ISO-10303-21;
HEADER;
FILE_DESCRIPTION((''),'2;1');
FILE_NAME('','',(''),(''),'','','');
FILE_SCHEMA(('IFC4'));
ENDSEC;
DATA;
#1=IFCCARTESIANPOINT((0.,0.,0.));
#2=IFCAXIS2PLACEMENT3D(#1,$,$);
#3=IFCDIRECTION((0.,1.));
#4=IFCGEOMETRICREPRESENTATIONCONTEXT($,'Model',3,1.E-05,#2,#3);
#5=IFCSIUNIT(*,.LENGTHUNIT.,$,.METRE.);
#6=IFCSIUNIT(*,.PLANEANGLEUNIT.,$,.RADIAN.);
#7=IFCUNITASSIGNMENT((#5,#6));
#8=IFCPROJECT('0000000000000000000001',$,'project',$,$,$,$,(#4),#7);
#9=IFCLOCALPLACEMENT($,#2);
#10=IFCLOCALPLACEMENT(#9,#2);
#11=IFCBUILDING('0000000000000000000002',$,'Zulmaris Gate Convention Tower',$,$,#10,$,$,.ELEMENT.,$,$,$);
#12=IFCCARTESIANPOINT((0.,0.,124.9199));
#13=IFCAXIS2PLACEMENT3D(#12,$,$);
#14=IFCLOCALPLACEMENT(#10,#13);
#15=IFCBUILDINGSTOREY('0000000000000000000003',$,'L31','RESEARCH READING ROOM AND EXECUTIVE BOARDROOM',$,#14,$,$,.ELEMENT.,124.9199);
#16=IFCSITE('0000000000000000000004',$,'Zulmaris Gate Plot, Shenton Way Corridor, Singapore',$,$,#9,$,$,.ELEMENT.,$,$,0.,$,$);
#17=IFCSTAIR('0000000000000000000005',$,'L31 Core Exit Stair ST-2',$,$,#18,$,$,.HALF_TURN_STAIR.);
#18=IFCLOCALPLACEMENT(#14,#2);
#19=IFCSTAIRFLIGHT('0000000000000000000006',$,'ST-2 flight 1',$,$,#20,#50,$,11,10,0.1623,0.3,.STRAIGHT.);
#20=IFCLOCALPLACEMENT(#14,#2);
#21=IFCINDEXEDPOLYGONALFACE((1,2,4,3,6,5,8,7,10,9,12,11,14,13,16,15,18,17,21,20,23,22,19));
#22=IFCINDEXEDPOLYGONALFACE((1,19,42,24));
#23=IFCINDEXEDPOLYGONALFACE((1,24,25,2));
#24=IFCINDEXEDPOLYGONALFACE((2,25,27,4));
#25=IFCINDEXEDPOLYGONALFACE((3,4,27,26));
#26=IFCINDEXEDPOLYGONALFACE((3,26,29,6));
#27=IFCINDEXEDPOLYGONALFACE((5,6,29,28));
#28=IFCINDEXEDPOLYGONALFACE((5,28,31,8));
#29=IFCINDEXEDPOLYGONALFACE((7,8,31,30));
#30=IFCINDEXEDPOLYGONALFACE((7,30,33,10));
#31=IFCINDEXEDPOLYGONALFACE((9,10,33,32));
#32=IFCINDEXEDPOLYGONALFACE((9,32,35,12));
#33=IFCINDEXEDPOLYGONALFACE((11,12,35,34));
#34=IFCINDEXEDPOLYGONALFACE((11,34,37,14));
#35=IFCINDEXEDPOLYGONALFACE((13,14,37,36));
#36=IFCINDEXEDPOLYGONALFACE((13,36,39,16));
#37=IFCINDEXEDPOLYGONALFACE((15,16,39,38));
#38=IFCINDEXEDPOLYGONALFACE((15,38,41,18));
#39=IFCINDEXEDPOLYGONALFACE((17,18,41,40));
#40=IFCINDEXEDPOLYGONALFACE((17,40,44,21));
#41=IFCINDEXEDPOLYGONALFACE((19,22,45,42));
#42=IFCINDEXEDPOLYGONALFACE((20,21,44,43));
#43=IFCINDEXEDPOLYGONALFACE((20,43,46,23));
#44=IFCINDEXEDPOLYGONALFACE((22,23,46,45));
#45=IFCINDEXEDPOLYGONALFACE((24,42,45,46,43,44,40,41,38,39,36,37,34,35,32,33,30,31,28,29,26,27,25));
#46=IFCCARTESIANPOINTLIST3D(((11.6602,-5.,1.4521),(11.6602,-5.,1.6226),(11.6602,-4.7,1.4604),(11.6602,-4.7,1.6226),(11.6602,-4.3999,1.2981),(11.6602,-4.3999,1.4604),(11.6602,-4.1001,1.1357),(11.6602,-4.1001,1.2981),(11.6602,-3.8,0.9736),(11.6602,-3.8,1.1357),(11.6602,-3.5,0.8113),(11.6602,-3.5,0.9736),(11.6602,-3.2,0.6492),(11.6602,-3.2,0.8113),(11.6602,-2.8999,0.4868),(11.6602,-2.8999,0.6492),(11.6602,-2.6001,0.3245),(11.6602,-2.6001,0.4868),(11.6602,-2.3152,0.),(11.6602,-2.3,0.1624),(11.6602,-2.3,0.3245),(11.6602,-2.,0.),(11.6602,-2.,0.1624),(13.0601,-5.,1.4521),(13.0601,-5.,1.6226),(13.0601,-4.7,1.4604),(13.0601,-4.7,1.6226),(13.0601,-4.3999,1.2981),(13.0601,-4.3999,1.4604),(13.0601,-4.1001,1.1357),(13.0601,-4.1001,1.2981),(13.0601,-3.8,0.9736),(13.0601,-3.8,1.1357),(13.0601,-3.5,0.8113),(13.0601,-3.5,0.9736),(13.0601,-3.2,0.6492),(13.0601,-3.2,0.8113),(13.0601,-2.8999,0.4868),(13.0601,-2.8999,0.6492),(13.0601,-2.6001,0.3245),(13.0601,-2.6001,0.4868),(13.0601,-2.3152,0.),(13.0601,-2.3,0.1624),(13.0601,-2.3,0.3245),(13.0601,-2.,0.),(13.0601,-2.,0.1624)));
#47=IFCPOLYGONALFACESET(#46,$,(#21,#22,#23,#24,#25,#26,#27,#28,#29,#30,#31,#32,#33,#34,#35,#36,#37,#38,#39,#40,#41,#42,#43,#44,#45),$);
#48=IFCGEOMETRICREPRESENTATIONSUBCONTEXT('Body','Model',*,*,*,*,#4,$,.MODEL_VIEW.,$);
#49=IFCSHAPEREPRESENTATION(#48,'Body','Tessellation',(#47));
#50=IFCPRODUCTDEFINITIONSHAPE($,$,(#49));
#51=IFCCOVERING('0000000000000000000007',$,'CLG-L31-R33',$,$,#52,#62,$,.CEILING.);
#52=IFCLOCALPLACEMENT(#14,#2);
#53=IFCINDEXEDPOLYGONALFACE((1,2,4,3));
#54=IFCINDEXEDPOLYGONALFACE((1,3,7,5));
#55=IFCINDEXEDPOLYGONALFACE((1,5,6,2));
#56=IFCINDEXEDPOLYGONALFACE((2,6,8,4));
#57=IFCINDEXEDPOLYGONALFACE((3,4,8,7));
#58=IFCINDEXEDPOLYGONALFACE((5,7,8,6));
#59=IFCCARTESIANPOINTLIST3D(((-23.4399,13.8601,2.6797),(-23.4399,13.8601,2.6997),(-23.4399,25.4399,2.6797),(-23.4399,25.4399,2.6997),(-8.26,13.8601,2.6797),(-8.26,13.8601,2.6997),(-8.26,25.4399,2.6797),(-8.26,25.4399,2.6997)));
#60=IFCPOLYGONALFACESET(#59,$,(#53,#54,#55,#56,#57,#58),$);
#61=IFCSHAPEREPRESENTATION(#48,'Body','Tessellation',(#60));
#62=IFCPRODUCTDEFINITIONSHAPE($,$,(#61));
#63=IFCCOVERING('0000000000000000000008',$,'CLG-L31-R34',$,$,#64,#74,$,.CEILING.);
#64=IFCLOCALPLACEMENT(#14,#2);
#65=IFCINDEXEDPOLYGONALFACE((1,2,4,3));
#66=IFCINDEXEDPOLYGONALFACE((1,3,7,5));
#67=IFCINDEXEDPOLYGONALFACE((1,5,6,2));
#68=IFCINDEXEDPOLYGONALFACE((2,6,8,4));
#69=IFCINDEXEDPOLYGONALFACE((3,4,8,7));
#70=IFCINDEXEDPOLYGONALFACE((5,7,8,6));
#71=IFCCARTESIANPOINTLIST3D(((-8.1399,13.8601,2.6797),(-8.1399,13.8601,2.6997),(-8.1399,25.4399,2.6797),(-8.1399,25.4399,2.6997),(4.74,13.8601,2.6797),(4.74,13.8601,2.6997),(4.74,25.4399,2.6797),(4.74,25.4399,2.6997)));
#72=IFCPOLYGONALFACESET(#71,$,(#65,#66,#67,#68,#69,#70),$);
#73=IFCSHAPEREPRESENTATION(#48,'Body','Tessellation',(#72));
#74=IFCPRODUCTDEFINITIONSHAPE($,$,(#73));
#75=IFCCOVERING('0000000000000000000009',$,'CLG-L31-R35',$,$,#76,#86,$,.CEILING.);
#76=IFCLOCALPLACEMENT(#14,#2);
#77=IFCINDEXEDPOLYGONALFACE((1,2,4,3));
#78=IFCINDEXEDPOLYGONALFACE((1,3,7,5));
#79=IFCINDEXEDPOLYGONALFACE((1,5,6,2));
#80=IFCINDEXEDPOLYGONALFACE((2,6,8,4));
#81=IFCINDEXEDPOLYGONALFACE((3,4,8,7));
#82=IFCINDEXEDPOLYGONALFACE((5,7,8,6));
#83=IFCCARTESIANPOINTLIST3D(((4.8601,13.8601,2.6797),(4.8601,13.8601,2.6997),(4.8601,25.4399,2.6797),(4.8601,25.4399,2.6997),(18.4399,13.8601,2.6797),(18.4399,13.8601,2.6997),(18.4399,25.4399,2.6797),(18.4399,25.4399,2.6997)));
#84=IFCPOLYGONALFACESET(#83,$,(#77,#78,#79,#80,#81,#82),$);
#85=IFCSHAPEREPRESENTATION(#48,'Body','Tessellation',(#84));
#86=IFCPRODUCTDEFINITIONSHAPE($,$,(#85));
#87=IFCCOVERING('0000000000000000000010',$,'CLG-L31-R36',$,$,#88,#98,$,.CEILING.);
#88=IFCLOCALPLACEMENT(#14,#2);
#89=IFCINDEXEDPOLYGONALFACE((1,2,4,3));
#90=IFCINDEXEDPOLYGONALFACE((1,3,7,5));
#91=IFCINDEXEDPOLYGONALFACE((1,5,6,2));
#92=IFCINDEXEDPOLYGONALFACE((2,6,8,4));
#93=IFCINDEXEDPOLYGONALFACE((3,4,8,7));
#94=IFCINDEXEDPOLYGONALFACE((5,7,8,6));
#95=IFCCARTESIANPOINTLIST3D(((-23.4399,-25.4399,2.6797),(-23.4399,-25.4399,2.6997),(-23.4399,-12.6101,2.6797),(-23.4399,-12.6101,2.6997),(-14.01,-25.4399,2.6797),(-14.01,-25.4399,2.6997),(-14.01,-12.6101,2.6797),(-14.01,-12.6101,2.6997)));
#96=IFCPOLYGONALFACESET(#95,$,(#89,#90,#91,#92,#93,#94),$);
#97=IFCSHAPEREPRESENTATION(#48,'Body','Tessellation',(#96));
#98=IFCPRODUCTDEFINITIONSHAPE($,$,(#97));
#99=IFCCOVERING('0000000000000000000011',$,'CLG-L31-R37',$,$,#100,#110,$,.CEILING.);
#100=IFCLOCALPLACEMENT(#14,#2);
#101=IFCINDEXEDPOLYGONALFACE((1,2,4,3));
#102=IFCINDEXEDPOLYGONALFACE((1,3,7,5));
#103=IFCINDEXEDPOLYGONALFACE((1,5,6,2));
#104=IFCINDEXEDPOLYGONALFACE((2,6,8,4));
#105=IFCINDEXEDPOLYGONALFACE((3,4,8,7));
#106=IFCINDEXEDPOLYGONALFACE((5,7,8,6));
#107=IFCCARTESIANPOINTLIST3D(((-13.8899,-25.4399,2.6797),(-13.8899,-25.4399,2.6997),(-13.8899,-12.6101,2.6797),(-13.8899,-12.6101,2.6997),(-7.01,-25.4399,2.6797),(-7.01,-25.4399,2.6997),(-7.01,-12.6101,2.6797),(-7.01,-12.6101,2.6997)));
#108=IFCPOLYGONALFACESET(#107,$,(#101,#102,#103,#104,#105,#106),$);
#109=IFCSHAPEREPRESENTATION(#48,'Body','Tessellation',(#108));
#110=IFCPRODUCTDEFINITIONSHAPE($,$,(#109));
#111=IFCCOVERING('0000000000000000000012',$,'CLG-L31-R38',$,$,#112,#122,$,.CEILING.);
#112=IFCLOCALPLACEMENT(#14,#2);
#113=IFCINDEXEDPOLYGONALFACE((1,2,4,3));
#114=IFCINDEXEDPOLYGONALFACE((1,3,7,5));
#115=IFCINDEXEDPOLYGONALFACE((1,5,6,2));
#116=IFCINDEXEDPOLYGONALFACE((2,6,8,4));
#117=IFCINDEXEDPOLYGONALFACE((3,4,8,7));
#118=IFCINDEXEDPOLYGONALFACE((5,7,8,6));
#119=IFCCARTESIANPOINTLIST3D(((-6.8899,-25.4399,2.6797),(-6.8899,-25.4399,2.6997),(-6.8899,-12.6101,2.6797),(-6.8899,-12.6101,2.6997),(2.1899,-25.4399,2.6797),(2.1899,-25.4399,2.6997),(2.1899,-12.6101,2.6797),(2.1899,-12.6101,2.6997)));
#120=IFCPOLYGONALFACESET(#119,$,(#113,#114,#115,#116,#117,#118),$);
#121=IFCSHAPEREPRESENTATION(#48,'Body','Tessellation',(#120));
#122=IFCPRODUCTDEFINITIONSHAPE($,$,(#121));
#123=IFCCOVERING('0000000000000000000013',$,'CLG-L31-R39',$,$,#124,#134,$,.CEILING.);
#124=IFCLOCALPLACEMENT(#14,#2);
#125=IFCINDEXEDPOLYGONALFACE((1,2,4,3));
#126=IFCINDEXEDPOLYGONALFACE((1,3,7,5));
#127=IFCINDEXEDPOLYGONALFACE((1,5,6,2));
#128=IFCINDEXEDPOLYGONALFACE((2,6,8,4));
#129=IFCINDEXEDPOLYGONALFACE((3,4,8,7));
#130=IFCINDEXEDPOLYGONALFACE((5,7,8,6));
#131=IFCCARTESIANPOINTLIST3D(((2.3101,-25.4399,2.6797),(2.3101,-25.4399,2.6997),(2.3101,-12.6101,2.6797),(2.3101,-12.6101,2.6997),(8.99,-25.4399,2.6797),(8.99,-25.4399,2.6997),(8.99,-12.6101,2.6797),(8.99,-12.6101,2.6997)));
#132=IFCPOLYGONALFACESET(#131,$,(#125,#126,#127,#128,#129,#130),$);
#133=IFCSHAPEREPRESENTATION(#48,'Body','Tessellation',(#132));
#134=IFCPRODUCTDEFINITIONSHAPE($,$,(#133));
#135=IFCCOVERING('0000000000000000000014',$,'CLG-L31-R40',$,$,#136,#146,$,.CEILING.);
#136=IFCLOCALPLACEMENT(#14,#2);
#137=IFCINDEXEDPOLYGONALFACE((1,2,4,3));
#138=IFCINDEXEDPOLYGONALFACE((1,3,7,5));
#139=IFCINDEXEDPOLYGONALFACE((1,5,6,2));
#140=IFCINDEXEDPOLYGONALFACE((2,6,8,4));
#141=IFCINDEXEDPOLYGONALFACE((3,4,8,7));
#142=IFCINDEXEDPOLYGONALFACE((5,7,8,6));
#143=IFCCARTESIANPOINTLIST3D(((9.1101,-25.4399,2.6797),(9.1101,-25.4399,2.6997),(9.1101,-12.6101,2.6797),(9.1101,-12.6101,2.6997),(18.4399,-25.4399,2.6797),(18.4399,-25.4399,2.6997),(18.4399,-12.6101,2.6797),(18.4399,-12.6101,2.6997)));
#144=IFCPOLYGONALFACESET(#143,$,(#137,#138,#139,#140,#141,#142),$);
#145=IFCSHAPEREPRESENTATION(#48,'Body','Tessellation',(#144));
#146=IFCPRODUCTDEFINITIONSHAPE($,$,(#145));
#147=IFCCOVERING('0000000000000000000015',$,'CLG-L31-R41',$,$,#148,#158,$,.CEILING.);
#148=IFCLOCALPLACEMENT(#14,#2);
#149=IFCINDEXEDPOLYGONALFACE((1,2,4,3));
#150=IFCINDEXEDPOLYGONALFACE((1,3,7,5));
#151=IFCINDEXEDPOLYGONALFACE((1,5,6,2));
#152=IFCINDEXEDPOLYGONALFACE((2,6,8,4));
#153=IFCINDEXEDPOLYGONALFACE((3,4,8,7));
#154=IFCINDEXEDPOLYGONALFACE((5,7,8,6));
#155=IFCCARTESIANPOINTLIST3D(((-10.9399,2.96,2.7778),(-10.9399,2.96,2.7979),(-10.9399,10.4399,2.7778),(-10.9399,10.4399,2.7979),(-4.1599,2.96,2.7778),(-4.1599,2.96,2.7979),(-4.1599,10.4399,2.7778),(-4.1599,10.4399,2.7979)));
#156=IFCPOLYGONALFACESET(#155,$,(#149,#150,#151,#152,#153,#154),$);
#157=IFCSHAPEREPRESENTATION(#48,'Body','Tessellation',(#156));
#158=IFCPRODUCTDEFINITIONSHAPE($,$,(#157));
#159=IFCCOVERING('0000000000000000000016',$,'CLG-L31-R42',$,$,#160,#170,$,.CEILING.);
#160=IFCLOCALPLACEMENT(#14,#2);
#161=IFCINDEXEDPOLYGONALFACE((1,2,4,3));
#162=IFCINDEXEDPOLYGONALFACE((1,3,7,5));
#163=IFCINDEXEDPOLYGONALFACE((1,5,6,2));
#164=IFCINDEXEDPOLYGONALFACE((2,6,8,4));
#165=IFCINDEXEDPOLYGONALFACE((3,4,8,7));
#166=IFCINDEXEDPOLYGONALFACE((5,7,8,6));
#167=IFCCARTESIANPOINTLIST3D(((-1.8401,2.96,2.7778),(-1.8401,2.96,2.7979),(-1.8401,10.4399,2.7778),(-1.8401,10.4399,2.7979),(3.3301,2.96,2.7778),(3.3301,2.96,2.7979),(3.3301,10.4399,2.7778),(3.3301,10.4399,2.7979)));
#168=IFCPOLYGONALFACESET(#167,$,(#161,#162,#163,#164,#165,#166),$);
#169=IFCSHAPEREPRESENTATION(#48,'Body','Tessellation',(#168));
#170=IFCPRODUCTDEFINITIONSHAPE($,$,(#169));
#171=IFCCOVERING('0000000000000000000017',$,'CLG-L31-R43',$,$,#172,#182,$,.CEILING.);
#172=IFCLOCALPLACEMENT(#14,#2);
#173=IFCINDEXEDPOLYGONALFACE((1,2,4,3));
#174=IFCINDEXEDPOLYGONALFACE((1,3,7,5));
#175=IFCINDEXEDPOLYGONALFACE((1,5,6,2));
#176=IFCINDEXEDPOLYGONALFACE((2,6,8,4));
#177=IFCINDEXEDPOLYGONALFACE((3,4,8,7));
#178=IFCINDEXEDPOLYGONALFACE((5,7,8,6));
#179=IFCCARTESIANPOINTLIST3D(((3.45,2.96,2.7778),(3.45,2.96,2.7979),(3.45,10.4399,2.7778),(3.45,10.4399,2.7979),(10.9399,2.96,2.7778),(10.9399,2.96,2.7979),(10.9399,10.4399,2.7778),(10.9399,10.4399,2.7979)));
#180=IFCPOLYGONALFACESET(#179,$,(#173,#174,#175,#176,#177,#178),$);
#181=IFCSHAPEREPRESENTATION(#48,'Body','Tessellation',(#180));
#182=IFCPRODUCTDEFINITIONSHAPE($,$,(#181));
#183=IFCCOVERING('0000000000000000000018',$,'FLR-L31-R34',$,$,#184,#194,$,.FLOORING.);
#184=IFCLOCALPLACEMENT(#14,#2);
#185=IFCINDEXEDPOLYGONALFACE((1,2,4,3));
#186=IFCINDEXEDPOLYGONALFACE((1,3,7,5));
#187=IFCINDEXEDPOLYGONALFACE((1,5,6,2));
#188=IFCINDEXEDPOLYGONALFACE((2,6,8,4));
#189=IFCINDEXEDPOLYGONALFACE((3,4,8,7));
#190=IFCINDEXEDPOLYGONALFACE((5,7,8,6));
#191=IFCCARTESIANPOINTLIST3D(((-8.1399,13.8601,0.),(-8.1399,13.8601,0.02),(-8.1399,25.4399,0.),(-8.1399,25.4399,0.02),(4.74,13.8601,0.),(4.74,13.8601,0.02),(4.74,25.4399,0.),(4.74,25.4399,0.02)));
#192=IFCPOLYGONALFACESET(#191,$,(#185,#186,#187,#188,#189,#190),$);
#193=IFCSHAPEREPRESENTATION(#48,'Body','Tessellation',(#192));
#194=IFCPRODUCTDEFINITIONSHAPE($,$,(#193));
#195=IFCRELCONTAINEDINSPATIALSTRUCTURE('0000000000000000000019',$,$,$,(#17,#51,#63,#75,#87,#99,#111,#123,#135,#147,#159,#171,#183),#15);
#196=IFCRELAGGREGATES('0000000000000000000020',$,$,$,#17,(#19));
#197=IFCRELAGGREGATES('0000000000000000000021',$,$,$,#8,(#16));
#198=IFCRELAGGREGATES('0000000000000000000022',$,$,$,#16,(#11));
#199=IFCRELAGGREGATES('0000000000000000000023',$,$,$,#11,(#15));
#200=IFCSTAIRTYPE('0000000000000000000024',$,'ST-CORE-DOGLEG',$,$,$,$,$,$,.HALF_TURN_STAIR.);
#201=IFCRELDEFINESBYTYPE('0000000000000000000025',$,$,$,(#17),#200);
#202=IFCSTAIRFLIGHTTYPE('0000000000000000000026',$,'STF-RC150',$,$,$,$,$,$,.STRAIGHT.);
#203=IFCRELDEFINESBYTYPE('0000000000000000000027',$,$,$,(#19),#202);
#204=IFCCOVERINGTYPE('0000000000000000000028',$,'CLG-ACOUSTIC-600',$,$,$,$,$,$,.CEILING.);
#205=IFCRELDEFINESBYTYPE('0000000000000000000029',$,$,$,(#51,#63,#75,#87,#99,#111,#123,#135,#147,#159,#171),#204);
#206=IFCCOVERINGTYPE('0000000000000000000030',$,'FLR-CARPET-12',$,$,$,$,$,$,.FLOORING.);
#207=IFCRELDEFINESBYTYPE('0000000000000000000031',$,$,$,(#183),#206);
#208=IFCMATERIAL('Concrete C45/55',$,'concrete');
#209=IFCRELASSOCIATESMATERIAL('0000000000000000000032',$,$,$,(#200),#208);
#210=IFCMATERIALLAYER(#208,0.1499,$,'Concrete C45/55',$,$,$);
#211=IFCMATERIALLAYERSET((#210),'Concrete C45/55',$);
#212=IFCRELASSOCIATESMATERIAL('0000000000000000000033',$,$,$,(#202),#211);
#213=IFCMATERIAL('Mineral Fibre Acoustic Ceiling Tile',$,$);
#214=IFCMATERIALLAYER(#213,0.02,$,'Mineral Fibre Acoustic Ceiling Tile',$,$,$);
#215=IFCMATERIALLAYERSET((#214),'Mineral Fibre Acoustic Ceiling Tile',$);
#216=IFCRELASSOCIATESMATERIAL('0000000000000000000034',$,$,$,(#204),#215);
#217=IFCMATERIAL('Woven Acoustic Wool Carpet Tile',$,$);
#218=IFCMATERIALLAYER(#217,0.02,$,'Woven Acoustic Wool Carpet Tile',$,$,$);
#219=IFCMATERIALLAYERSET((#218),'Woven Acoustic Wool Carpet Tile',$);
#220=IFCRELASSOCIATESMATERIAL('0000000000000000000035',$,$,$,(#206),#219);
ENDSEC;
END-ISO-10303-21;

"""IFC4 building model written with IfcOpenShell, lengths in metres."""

from ifc_helpers import new_model, si_unit, direction, frame, origin, place, context, subcontext, project, spatial, polyline, outline, extrude, material, layer, layer_set, type_object, element, aggregate, save


model = new_model("IFC4")

# Units and contexts
model_context = context("Model", 3, precision=1e-05, world=origin(), true_north=direction((0.0, 1.0)))
body_context = subcontext(model_context, "Body", "Model", "MODEL_VIEW")
ifc_project = project(units=[si_unit("LENGTHUNIT", "METRE"), si_unit("PLANEANGLEUNIT", "RADIAN")], contexts=[model_context])

# Site, building, storey
site_placement = place(None, origin())
site = spatial("IfcSite", under=ifc_project, at=site_placement, Name="Zulmaris Gate Plot, Shenton Way Corridor, Singapore", CompositionType="ELEMENT", RefElevation=0.0)
building_placement = place(site_placement, origin())
building = spatial("IfcBuilding", under=site, at=building_placement, Name="Zulmaris Gate Convention Tower", CompositionType="ELEMENT")
storey_placement = place(building_placement, frame((0.0, 0.0, 124.9199)))
storey = spatial("IfcBuildingStorey", under=building, at=storey_placement, Name="L31", Description="RESEARCH READING ROOM AND EXECUTIVE BOARDROOM", CompositionType="ELEMENT", Elevation=124.9199)

# Stair, stair flight
ifc_material_1 = material(Name="Concrete C45/55", Category="concrete")
stair_type = type_object("IfcStairType", Name="ST-CORE-DOGLEG", PredefinedType="HALF_TURN_STAIR", material=ifc_material_1)
stair_placement = place(storey_placement, origin())
stair = element("IfcStair", 1, at=stair_placement, inside=storey, type_object=stair_type, Name="L31 Core Exit Stair ST-2", PredefinedType="HALF_TURN_STAIR")
ifc_layer_1 = layer(ifc_material_1, 0.1499, Name="Concrete C45/55")
ifc_layer_set_1 = layer_set([ifc_layer_1], Name="Concrete C45/55")
stair_flight_type = type_object("IfcStairFlightType", Name="STF-RC150", PredefinedType="STRAIGHT", material=ifc_layer_set_1)
stair_flight_placement = place(storey_placement, frame((12.3601, -2.0, 0.0), z_axis=(0.0, 0.0, 1.0), x_axis=(0.0, -1.0, 0.0)))
stair_flight = element("IfcStairFlight", 2, at=stair_flight_placement, type_object=stair_flight_type, Name="ST-2 flight 1", NumberOfRisers=11, NumberOfTreads=10, PredefinedType="STRAIGHT", RiserHeight=0.1623, TreadLength=0.3, context=body_context, shape_type="SweptSolid", body=[
    extrude(outline(polyline([(0.0, 0.0), (0.0, 0.1624), (0.3, 0.1624), (0.3, 0.3245), (0.6001, 0.3245), (0.6001, 0.4868), (0.8999, 0.4868), (0.8999, 0.6492), (1.2, 0.6492), (1.2, 0.8113), (1.5, 0.8113), (1.5, 0.9736), (1.8, 0.9736), (1.8, 1.1357), (2.1001, 1.1357), (2.1001, 1.2981), (2.3999, 1.2981), (2.3999, 1.4604), (2.7, 1.4604), (2.7, 1.6226), (3.0, 1.6226), (3.0, 1.7849), (3.0, 1.4521), (0.3152, 0.0), (0.0, 0.0)])), frame((0.0, 0.7, 0.0), z_axis=(0.0, -1.0, 0.0), x_axis=(1.0, 0.0, 0.0)), (0.0, 0.0, 1.0), 1.3999),
])
aggregate(stair, [stair_flight])

# Coverings
ifc_material_2 = material(Name="Mineral Fibre Acoustic Ceiling Tile")
ifc_layer_2 = layer(ifc_material_2, 0.02, Name="Mineral Fibre Acoustic Ceiling Tile")
ifc_layer_set_2 = layer_set([ifc_layer_2], Name="Mineral Fibre Acoustic Ceiling Tile")
covering_type_1 = type_object("IfcCoveringType", Name="CLG-ACOUSTIC-600", PredefinedType="CEILING", material=ifc_layer_set_2)
covering_1_placement = place(storey_placement, frame((0.0, 0.0, 2.6797)))
element("IfcCovering", 3, at=covering_1_placement, inside=storey, type_object=covering_type_1, Name="CLG-L31-R33", PredefinedType="CEILING", context=body_context, shape_type="SweptSolid", body=[
    extrude(outline(polyline([(-23.4399, 13.8601), (-8.26, 13.8601), (-8.26, 25.4399), (-23.4399, 25.4399), (-23.4399, 13.8601)])), origin(), (0.0, 0.0, 1.0), 0.02),
])
covering_2_placement = place(storey_placement, frame((0.0, 0.0, 2.6797)))
element("IfcCovering", 4, at=covering_2_placement, inside=storey, type_object=covering_type_1, Name="CLG-L31-R34", PredefinedType="CEILING", context=body_context, shape_type="SweptSolid", body=[
    extrude(outline(polyline([(-8.1399, 13.8601), (4.74, 13.8601), (4.74, 25.4399), (-8.1399, 25.4399), (-8.1399, 13.8601)])), origin(), (0.0, 0.0, 1.0), 0.02),
])
covering_3_placement = place(storey_placement, frame((0.0, 0.0, 2.6797)))
element("IfcCovering", 5, at=covering_3_placement, inside=storey, type_object=covering_type_1, Name="CLG-L31-R35", PredefinedType="CEILING", context=body_context, shape_type="SweptSolid", body=[
    extrude(outline(polyline([(4.8601, 13.8601), (18.4399, 13.8601), (18.4399, 25.4399), (4.8601, 25.4399), (4.8601, 13.8601)])), origin(), (0.0, 0.0, 1.0), 0.02),
])
covering_4_placement = place(storey_placement, frame((0.0, 0.0, 2.6797)))
element("IfcCovering", 6, at=covering_4_placement, inside=storey, type_object=covering_type_1, Name="CLG-L31-R36", PredefinedType="CEILING", context=body_context, shape_type="SweptSolid", body=[
    extrude(outline(polyline([(-23.4399, -25.4399), (-14.01, -25.4399), (-14.01, -12.6101), (-23.4399, -12.6101), (-23.4399, -25.4399)])), origin(), (0.0, 0.0, 1.0), 0.02),
])
covering_5_placement = place(storey_placement, frame((0.0, 0.0, 2.6797)))
element("IfcCovering", 7, at=covering_5_placement, inside=storey, type_object=covering_type_1, Name="CLG-L31-R37", PredefinedType="CEILING", context=body_context, shape_type="SweptSolid", body=[
    extrude(outline(polyline([(-13.8899, -25.4399), (-7.01, -25.4399), (-7.01, -12.6101), (-13.8899, -12.6101), (-13.8899, -25.4399)])), origin(), (0.0, 0.0, 1.0), 0.02),
])
covering_6_placement = place(storey_placement, frame((0.0, 0.0, 2.6797)))
element("IfcCovering", 8, at=covering_6_placement, inside=storey, type_object=covering_type_1, Name="CLG-L31-R38", PredefinedType="CEILING", context=body_context, shape_type="SweptSolid", body=[
    extrude(outline(polyline([(-6.8899, -25.4399), (2.1899, -25.4399), (2.1899, -12.6101), (-6.8899, -12.6101), (-6.8899, -25.4399)])), origin(), (0.0, 0.0, 1.0), 0.02),
])
covering_7_placement = place(storey_placement, frame((0.0, 0.0, 2.6797)))
element("IfcCovering", 9, at=covering_7_placement, inside=storey, type_object=covering_type_1, Name="CLG-L31-R39", PredefinedType="CEILING", context=body_context, shape_type="SweptSolid", body=[
    extrude(outline(polyline([(2.3101, -25.4399), (8.99, -25.4399), (8.99, -12.6101), (2.3101, -12.6101), (2.3101, -25.4399)])), origin(), (0.0, 0.0, 1.0), 0.02),
])
covering_8_placement = place(storey_placement, frame((0.0, 0.0, 2.6797)))
element("IfcCovering", 10, at=covering_8_placement, inside=storey, type_object=covering_type_1, Name="CLG-L31-R40", PredefinedType="CEILING", context=body_context, shape_type="SweptSolid", body=[
    extrude(outline(polyline([(9.1101, -25.4399), (18.4399, -25.4399), (18.4399, -12.6101), (9.1101, -12.6101), (9.1101, -25.4399)])), origin(), (0.0, 0.0, 1.0), 0.02),
])
covering_9_placement = place(storey_placement, frame((0.0, 0.0, 2.7778)))
element("IfcCovering", 11, at=covering_9_placement, inside=storey, type_object=covering_type_1, Name="CLG-L31-R41", PredefinedType="CEILING", context=body_context, shape_type="SweptSolid", body=[
    extrude(outline(polyline([(-10.9399, 2.96), (-4.1599, 2.96), (-4.1599, 10.4399), (-10.9399, 10.4399), (-10.9399, 2.96)])), origin(), (0.0, 0.0, 1.0), 0.02),
])
covering_10_placement = place(storey_placement, frame((0.0, 0.0, 2.7778)))
element("IfcCovering", 12, at=covering_10_placement, inside=storey, type_object=covering_type_1, Name="CLG-L31-R42", PredefinedType="CEILING", context=body_context, shape_type="SweptSolid", body=[
    extrude(outline(polyline([(-1.8401, 2.96), (3.3301, 2.96), (3.3301, 10.4399), (-1.8401, 10.4399), (-1.8401, 2.96)])), origin(), (0.0, 0.0, 1.0), 0.02),
])
covering_11_placement = place(storey_placement, frame((0.0, 0.0, 2.7778)))
element("IfcCovering", 13, at=covering_11_placement, inside=storey, type_object=covering_type_1, Name="CLG-L31-R43", PredefinedType="CEILING", context=body_context, shape_type="SweptSolid", body=[
    extrude(outline(polyline([(3.45, 2.96), (10.9399, 2.96), (10.9399, 10.4399), (3.45, 10.4399), (3.45, 2.96)])), origin(), (0.0, 0.0, 1.0), 0.02),
])
ifc_material_3 = material(Name="Woven Acoustic Wool Carpet Tile")
ifc_layer_3 = layer(ifc_material_3, 0.02, Name="Woven Acoustic Wool Carpet Tile")
ifc_layer_set_3 = layer_set([ifc_layer_3], Name="Woven Acoustic Wool Carpet Tile")
covering_type_2 = type_object("IfcCoveringType", Name="FLR-CARPET-12", PredefinedType="FLOORING", material=ifc_layer_set_3)
covering_12_placement = place(storey_placement, origin())
element("IfcCovering", 14, at=covering_12_placement, inside=storey, type_object=covering_type_2, Name="FLR-L31-R34", PredefinedType="FLOORING", context=body_context, shape_type="SweptSolid", body=[
    extrude(outline(polyline([(-8.1399, 13.8601), (4.74, 13.8601), (4.74, 25.4399), (-8.1399, 25.4399), (-8.1399, 13.8601)])), origin(), (0.0, 0.0, 1.0), 0.02),
])

save(model, "model.ifc")
